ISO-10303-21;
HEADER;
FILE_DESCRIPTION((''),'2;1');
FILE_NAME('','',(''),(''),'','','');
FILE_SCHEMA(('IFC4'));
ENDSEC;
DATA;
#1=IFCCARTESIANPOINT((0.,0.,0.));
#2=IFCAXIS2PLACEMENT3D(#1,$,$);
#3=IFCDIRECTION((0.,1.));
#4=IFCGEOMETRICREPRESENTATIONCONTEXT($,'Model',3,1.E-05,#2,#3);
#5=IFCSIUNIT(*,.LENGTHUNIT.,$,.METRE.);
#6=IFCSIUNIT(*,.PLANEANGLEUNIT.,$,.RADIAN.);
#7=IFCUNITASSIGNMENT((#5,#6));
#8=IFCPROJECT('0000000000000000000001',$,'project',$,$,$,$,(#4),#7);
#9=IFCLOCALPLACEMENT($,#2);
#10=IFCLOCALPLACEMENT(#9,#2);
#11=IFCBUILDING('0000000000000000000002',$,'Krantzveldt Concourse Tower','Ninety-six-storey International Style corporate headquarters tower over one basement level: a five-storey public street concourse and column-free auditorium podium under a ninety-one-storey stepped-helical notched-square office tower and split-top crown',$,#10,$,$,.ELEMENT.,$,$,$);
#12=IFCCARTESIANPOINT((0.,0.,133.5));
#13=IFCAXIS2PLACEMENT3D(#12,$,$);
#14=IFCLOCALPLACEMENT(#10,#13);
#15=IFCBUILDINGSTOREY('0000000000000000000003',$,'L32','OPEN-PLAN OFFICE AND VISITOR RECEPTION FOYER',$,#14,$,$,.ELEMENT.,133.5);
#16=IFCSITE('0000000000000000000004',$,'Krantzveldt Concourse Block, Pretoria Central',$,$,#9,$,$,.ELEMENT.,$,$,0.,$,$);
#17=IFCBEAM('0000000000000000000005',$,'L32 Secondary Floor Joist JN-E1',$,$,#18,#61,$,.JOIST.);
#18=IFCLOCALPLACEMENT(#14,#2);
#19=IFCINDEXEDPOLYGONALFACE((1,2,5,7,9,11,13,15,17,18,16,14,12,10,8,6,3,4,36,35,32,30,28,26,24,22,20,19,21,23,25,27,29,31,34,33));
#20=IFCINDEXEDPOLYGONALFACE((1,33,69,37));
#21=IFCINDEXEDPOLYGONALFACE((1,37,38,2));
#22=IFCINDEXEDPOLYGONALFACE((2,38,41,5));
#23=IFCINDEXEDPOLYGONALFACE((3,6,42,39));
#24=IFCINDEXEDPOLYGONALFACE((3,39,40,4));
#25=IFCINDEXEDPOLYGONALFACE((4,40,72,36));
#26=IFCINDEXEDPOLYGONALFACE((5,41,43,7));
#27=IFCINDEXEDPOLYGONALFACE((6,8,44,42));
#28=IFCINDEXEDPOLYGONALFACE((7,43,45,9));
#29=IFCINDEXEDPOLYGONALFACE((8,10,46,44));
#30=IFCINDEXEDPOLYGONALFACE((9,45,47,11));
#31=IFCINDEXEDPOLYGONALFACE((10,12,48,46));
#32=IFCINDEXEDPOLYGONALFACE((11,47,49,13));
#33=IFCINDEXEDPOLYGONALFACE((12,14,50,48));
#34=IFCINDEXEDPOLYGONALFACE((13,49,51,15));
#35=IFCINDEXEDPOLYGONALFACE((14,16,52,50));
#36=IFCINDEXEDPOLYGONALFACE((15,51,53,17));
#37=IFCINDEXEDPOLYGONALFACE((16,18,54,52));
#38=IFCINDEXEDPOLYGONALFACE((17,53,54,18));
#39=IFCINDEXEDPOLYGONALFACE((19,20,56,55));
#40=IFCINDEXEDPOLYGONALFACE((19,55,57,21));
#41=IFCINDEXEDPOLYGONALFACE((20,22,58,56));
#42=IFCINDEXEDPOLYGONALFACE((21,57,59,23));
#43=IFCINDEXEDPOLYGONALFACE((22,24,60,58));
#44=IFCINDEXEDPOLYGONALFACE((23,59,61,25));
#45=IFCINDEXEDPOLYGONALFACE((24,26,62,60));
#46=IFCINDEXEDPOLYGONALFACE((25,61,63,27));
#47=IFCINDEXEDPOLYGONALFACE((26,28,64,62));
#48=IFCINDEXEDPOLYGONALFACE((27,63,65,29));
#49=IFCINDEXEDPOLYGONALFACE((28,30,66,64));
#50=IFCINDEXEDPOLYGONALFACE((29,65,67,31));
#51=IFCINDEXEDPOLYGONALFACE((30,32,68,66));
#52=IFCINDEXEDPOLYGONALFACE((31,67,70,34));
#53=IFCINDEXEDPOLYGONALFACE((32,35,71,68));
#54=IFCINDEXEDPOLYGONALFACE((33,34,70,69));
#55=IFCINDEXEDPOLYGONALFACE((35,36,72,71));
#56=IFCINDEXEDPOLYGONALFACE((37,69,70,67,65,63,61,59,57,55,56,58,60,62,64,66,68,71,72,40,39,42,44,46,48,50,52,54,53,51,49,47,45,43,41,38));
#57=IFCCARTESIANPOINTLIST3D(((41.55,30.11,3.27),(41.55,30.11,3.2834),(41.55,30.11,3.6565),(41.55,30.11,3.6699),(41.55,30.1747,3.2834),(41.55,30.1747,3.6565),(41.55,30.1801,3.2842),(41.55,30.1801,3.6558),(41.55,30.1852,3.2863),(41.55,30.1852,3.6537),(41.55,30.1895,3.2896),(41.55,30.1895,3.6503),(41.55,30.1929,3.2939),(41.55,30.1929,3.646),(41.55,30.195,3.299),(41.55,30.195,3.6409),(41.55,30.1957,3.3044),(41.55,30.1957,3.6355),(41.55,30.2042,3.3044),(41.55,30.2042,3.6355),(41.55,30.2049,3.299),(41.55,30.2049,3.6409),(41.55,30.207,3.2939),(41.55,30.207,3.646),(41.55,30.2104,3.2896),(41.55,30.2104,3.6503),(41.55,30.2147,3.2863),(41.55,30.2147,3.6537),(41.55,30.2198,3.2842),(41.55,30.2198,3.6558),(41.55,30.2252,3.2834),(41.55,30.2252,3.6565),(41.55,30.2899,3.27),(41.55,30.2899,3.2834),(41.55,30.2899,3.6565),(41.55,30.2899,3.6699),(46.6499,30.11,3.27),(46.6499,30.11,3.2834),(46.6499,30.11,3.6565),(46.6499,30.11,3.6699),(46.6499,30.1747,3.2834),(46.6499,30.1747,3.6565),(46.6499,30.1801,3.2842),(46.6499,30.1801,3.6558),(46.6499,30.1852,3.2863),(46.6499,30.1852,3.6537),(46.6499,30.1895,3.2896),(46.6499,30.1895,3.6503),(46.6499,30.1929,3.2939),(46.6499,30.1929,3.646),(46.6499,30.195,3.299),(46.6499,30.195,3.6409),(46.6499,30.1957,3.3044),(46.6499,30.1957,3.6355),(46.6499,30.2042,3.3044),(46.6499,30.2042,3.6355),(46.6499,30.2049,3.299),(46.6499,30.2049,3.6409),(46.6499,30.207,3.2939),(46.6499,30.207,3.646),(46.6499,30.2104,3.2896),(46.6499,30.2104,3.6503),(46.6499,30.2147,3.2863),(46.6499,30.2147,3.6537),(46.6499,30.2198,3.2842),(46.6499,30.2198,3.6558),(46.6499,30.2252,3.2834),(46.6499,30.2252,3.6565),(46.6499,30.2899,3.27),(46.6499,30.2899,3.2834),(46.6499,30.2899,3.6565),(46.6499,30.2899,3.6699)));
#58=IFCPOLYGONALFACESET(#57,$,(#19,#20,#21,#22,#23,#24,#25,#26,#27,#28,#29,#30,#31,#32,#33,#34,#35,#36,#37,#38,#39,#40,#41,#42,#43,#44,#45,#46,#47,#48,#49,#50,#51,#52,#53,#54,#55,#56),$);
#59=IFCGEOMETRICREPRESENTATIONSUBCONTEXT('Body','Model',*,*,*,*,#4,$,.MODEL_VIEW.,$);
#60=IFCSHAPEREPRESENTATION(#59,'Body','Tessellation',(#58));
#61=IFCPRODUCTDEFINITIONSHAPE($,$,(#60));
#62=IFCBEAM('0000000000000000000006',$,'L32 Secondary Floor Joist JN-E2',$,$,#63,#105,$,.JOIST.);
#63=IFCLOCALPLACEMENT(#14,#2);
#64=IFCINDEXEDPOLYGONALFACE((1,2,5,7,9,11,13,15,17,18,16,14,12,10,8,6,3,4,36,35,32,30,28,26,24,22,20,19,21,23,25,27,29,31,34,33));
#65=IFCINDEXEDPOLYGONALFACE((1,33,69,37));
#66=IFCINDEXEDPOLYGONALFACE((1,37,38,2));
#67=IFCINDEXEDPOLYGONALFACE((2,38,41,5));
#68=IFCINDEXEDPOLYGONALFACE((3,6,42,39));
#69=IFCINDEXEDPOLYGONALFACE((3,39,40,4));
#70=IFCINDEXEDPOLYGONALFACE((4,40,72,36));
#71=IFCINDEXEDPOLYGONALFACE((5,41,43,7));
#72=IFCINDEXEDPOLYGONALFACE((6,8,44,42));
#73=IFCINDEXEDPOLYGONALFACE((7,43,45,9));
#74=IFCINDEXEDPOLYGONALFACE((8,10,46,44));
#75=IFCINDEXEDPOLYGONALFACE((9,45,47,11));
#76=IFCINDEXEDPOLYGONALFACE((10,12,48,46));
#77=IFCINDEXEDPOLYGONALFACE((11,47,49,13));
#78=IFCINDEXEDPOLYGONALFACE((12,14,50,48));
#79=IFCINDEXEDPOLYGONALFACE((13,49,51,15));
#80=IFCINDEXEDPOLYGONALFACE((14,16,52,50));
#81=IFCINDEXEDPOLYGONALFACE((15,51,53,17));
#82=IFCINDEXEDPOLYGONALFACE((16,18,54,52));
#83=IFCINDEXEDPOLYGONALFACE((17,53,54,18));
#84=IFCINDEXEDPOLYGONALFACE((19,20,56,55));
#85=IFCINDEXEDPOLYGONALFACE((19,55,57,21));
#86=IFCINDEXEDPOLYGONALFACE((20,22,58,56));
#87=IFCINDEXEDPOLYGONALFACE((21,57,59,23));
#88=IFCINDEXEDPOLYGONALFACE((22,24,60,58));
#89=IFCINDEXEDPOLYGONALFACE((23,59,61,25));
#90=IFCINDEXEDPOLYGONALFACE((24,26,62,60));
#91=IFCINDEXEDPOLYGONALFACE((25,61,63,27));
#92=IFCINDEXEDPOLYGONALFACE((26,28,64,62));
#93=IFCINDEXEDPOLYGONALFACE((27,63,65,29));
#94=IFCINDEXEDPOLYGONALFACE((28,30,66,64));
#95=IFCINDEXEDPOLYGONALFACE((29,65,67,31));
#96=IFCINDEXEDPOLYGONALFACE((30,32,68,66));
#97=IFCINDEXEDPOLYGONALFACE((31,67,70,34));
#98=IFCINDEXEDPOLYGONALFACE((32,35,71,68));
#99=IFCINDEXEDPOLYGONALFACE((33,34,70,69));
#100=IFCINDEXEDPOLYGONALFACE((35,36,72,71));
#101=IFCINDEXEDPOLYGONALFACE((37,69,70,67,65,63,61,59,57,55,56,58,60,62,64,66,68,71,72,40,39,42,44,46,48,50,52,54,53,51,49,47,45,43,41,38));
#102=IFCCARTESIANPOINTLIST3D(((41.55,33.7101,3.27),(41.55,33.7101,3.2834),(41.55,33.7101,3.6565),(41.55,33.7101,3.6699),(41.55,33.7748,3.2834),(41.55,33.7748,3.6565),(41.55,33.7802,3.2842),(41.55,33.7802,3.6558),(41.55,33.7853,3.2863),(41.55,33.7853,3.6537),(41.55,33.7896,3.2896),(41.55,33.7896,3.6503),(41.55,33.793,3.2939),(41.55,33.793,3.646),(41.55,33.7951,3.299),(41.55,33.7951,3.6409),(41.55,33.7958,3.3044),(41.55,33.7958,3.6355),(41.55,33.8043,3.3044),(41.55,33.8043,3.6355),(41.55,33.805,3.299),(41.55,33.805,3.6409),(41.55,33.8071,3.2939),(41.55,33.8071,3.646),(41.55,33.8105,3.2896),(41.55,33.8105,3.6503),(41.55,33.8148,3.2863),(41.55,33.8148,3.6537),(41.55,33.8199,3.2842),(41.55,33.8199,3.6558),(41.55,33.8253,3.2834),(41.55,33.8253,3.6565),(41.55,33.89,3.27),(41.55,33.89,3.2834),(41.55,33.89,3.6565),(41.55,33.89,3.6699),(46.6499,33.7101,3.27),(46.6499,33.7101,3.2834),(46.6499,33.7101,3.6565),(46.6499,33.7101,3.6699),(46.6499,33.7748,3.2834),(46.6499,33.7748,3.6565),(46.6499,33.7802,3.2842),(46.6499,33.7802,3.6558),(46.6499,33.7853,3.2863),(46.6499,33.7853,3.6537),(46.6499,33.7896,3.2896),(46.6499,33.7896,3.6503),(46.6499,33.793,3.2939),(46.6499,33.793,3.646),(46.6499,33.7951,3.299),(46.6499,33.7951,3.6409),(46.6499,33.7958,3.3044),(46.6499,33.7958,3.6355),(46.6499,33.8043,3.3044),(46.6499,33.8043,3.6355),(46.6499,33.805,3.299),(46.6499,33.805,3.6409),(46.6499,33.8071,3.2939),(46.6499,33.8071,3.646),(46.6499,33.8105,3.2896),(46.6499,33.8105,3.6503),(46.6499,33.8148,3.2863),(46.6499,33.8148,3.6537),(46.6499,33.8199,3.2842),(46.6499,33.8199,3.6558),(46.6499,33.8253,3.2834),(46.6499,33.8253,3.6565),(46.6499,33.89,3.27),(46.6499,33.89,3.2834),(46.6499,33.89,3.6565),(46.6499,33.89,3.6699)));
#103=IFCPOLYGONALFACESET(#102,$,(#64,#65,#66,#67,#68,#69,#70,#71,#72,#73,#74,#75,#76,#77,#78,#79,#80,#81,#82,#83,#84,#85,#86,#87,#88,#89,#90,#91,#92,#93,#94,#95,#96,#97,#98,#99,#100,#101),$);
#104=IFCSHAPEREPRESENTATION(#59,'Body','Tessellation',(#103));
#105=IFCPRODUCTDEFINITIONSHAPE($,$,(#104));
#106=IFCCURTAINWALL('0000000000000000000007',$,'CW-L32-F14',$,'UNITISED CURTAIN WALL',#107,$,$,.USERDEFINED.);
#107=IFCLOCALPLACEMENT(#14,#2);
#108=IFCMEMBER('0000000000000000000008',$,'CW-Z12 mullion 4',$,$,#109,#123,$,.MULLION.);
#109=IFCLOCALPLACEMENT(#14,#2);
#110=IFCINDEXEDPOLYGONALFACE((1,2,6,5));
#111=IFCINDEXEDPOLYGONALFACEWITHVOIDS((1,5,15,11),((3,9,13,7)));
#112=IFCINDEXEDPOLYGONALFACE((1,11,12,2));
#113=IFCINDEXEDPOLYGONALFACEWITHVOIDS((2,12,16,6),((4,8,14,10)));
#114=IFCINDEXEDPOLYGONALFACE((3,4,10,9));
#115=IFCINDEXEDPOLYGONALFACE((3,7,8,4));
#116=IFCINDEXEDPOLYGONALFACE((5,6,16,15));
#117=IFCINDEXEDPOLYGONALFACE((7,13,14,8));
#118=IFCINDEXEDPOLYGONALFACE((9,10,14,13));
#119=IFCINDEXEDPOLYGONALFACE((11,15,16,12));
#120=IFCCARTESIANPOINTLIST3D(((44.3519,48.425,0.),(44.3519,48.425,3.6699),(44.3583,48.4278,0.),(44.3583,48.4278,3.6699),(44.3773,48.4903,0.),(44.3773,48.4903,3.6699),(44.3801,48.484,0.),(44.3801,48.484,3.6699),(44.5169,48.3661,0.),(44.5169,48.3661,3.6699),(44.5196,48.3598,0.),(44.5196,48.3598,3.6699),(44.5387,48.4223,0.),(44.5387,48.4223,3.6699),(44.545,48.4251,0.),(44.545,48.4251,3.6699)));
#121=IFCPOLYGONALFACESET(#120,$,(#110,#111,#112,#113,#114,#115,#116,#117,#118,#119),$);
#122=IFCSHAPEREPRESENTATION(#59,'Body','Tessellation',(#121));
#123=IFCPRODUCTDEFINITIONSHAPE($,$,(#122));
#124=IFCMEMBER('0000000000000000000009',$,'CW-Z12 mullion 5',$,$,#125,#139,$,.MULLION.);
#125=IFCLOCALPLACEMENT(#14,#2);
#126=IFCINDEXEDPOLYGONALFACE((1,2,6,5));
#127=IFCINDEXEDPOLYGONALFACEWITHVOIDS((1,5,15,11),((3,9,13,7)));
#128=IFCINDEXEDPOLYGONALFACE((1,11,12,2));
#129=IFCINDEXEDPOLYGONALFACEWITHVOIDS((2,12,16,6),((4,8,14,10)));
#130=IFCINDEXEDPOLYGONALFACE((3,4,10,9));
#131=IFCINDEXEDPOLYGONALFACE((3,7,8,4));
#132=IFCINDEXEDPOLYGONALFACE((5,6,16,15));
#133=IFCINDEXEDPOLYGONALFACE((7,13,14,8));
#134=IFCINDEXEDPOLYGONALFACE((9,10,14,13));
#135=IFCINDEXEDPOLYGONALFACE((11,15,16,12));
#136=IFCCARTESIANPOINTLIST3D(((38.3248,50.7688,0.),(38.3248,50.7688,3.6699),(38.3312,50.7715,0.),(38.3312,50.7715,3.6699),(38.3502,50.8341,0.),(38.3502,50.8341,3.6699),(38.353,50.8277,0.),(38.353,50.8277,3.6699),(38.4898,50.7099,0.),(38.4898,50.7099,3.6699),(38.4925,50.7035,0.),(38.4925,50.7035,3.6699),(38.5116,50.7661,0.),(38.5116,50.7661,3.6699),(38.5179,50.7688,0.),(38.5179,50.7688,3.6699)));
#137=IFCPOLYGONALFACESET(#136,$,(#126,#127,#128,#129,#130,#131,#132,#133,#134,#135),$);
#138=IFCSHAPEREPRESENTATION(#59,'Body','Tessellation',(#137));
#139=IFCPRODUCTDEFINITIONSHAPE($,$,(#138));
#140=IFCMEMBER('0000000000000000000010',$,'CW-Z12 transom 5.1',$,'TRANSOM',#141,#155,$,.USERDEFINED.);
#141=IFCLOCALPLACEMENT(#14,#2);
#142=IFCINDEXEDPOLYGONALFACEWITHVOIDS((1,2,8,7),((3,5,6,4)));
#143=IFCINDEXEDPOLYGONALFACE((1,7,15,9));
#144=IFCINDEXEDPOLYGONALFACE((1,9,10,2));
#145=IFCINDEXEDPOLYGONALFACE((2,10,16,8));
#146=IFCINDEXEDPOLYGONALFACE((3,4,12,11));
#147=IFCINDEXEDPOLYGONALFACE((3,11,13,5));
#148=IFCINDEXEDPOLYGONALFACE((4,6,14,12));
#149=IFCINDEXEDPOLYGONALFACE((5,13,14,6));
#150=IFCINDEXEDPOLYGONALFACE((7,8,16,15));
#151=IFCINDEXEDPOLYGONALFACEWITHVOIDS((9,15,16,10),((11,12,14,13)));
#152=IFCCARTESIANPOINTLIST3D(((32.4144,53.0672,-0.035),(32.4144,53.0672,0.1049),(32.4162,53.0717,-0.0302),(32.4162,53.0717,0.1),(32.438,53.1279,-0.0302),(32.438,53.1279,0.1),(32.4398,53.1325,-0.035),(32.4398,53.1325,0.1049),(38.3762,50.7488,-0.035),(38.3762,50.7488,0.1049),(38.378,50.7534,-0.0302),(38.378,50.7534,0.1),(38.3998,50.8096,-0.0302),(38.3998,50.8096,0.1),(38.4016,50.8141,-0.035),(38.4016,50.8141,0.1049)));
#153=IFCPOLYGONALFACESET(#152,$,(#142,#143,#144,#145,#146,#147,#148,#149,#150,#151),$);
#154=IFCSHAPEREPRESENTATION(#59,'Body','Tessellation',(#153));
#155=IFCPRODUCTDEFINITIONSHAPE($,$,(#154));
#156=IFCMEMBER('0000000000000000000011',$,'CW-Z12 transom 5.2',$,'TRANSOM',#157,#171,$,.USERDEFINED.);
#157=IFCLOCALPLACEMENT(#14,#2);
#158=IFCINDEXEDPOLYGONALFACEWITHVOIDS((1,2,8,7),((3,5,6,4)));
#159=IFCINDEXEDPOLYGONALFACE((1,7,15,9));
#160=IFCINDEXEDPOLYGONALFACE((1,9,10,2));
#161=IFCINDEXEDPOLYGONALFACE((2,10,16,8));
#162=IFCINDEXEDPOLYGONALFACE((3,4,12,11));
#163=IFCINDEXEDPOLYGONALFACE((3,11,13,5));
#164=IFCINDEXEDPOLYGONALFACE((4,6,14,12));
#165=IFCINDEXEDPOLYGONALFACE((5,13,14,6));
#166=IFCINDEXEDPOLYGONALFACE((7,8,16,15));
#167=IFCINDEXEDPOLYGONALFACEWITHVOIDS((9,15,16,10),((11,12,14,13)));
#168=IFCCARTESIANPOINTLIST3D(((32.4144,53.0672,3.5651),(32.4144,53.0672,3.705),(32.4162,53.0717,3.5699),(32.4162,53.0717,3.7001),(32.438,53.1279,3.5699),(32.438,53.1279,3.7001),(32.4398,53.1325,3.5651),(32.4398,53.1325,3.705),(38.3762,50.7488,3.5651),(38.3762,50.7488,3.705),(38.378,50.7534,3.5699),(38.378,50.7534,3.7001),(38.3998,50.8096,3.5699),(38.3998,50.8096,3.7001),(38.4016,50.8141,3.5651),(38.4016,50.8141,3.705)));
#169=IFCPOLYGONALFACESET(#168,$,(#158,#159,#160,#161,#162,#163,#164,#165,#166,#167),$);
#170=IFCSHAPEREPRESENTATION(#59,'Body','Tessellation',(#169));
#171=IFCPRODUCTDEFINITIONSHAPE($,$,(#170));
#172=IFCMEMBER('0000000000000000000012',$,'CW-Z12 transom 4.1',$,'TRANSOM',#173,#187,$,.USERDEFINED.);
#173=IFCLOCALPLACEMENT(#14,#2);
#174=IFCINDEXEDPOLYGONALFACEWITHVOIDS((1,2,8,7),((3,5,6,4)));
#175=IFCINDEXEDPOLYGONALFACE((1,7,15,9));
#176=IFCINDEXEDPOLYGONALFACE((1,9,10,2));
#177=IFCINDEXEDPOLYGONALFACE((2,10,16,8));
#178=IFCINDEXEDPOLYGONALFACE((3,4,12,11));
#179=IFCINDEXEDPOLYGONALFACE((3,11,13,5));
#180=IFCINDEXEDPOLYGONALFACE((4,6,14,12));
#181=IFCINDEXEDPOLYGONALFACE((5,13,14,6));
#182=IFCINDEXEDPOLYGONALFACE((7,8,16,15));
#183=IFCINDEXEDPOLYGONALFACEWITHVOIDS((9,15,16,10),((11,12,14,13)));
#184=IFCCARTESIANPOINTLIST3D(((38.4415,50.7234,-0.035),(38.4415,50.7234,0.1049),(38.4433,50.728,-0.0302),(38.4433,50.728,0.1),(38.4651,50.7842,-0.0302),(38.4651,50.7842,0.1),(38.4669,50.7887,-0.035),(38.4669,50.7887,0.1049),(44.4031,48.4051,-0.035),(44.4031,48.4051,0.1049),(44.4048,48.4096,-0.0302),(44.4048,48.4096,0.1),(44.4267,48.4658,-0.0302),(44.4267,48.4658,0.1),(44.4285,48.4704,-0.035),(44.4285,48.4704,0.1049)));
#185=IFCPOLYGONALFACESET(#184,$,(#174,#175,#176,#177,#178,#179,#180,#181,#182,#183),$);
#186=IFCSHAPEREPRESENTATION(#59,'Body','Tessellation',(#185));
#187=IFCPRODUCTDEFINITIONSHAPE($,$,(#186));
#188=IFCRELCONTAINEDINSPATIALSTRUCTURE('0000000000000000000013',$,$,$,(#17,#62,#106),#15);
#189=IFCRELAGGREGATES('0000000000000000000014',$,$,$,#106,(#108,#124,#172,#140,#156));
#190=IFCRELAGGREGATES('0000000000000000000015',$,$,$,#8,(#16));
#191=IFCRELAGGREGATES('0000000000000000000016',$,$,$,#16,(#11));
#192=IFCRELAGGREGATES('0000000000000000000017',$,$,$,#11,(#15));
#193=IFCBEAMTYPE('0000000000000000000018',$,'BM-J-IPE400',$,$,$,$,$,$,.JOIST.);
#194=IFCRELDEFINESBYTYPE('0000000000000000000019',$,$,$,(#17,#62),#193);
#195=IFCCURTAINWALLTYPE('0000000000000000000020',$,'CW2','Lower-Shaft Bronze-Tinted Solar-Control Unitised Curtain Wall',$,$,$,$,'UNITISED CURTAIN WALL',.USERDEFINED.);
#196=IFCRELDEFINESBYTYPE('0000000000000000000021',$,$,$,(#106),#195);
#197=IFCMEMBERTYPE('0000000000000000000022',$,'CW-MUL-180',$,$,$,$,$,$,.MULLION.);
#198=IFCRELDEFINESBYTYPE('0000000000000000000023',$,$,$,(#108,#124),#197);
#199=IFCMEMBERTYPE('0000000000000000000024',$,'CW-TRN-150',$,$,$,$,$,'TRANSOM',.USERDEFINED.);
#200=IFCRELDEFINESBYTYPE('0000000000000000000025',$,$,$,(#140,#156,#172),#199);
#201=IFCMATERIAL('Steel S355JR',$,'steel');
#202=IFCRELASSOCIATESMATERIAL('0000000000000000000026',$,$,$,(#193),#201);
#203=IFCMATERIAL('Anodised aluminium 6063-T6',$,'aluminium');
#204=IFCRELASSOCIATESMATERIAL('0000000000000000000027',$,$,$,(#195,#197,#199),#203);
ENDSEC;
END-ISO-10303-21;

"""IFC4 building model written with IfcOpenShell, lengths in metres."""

from ifc_helpers import new_model, si_unit, direction, frame, origin, origin_2d, place, context, subcontext, project, spatial, hollow_rectangle, i_section, extrude, source, transform, mapped, material, material_profile, profile_set, type_object, type_shapes, element, aggregate, save


model = new_model("IFC4")

# Units and contexts
model_context = context("Model", 3, precision=1e-05, world=origin(), true_north=direction((0.0, 1.0)))
body_context = subcontext(model_context, "Body", "Model", "MODEL_VIEW")
ifc_project = project(units=[si_unit("LENGTHUNIT", "METRE"), si_unit("PLANEANGLEUNIT", "RADIAN")], contexts=[model_context])

# Site, building, storey
site_placement = place(None, origin())
site = spatial("IfcSite", under=ifc_project, at=site_placement, Name="Krantzveldt Concourse Block, Pretoria Central", CompositionType="ELEMENT", RefElevation=0.0)
building_placement = place(site_placement, origin())
building = spatial("IfcBuilding", under=site, at=building_placement, Name="Krantzveldt Concourse Tower", Description="Ninety-six-storey International Style corporate headquarters tower over one basement level: a five-storey public street concourse and column-free auditorium podium under a ninety-one-storey stepped-helical notched-square office tower and split-top crown", CompositionType="ELEMENT")
storey_placement = place(building_placement, frame((0.0, 0.0, 133.5)))
storey = spatial("IfcBuildingStorey", under=building, at=storey_placement, Name="L32", Description="OPEN-PLAN OFFICE AND VISITOR RECEPTION FOYER", CompositionType="ELEMENT", Elevation=133.5)

# Beams
ifc_material_1 = material(Name="Steel S355JR", Category="steel")
ifc_material_profile_1 = material_profile(ifc_material_1, i_section(OverallWidth=0.1799, OverallDepth=0.3999, WebThickness=0.0085, FlangeThickness=0.0134, FilletRadius=0.021, at=origin_2d()), Name="Steel S355JR", Category="steel")
ifc_profile_set_1 = profile_set([ifc_material_profile_1], Name="Steel S355JR - IPE 400")
beam_type_1 = type_object("IfcBeamType", Name="BM-J-IPE400", PredefinedType="JOIST", material=ifc_profile_set_1)
shared_shape_1 = source(origin(), body_context, "Body", "SweptSolid", [
    extrude(i_section(OverallWidth=0.1799, OverallDepth=0.3999, WebThickness=0.0085, FlangeThickness=0.0134, FilletRadius=0.021, at=origin_2d()), origin(), (0.0, 0.0, 1.0), 5.0999),
])
type_shapes(beam_type_1, [shared_shape_1])
for number, where, z_axis, x_axis, name in (
    (1, (41.55, 30.2, 3.47), (1.0, 0.0, 0.0), (0.0, 1.0, 0.0), "L32 Secondary Floor Joist JN-E1"),
    (2, (41.55, 33.8, 3.47), (1.0, 0.0, 0.0), (0.0, 1.0, 0.0), "L32 Secondary Floor Joist JN-E2"),
):
    element("IfcBeam", number, at=place(storey_placement, frame(where, z_axis=z_axis, x_axis=x_axis)), inside=storey, type_object=beam_type_1, Name=name, PredefinedType="JOIST", context=body_context, shape_type="MappedRepresentation", body=[
        mapped(shared_shape_1, transform((0.0, 0.0, 0.0), x_axis=(1.0, 0.0, 0.0), y_axis=(0.0, 1.0, 0.0), z_axis=(0.0, 0.0, 1.0), scale=1.0)),
    ])

# Curtain wall, members
ifc_material_2 = material(Name="Anodised aluminium 6063-T6", Category="aluminium")
curtain_wall_type = type_object("IfcCurtainWallType", Name="CW2", Description="Lower-Shaft Bronze-Tinted Solar-Control Unitised Curtain Wall", ElementType="UNITISED CURTAIN WALL", PredefinedType="USERDEFINED", material=ifc_material_2)
curtain_wall_placement = place(storey_placement, origin())
curtain_wall = element("IfcCurtainWall", 3, at=curtain_wall_placement, inside=storey, type_object=curtain_wall_type, Name="CW-L32-F14", ObjectType="UNITISED CURTAIN WALL", PredefinedType="USERDEFINED")
ifc_material_profile_2 = material_profile(ifc_material_2, hollow_rectangle(XDim=0.0701, YDim=0.1799, WallThickness=0.0049, at=origin_2d()), Name="Anodised aluminium 6063-T6", Category="aluminium")
ifc_profile_set_2 = profile_set([ifc_material_profile_2], Name="Anodised aluminium 6063-T6 - ALU-MULL 180x70x5")
member_type_1 = type_object("IfcMemberType", Name="CW-MUL-180", PredefinedType="MULLION", material=ifc_profile_set_2)
shared_shape_2 = source(origin(), body_context, "Body", "SweptSolid", [
    extrude(hollow_rectangle(XDim=0.0701, YDim=0.1799, WallThickness=0.0049, at=origin_2d()), origin(), (0.0, 0.0, 1.0), 3.6699),
])
type_shapes(member_type_1, [shared_shape_2])
member_1_placement = place(storey_placement, frame((44.4485, 48.425, 0.0), z_axis=(0.0, 0.0, 1.0), x_axis=(-0.362438, -0.932008, 0.0)))
member_1 = element("IfcMember", 4, at=member_1_placement, type_object=member_type_1, Name="CW-Z12 mullion 4", PredefinedType="MULLION", context=body_context, shape_type="MappedRepresentation", body=[
    mapped(shared_shape_2, transform((0.0, 0.0, 0.0), x_axis=(1.0, 0.0, 0.0), y_axis=(0.0, 1.0, 0.0), z_axis=(0.0, 0.0, 1.0), scale=1.0)),
])
member_2_placement = place(storey_placement, frame((38.4214, 50.7688, 0.0), z_axis=(0.0, 0.0, 1.0), x_axis=(-0.362438, -0.932008, 0.0)))
member_2 = element("IfcMember", 5, at=member_2_placement, type_object=member_type_1, Name="CW-Z12 mullion 5", PredefinedType="MULLION", context=body_context, shape_type="MappedRepresentation", body=[
    mapped(shared_shape_2, transform((0.0, 0.0, 0.0), x_axis=(1.0, 0.0, 0.0), y_axis=(0.0, 1.0, 0.0), z_axis=(0.0, 0.0, 1.0), scale=1.0)),
])
ifc_material_profile_3 = material_profile(ifc_material_2, hollow_rectangle(XDim=0.0701, YDim=0.1399, WallThickness=0.0049, at=origin_2d()), Name="Anodised aluminium 6063-T6", Category="aluminium")
ifc_profile_set_3 = profile_set([ifc_material_profile_3], Name="Anodised aluminium 6063-T6 - ALU-TRAN 140x70x5")
member_type_2 = type_object("IfcMemberType", Name="CW-TRN-150", ElementType="TRANSOM", PredefinedType="USERDEFINED", material=ifc_profile_set_3)
shared_shape_3 = source(origin(), body_context, "Body", "SweptSolid", [
    extrude(hollow_rectangle(XDim=0.0701, YDim=0.1399, WallThickness=0.0049, at=origin_2d()), origin(), (0.0, 0.0, 1.0), 6.3967),
])
member_3_placement = place(storey_placement, frame((38.3889, 50.7815, 0.0349), z_axis=(-0.932013, 0.362424, 0.0), x_axis=(-0.362424, -0.932013, 0.0)))
member_3 = element("IfcMember", 6, at=member_3_placement, type_object=member_type_2, Name="CW-Z12 transom 5.1", ObjectType="TRANSOM", PredefinedType="USERDEFINED", context=body_context, shape_type="MappedRepresentation", body=[
    mapped(shared_shape_3, transform((0.0, 0.0, 0.0), x_axis=(1.0, 0.0, 0.0), y_axis=(0.0, 1.0, 0.0), z_axis=(0.0, 0.0, 1.0), scale=1.0)),
])
member_4_placement = place(storey_placement, frame((38.3889, 50.7815, 3.635), z_axis=(-0.932013, 0.362424, 0.0), x_axis=(-0.362424, -0.932013, 0.0)))
member_4 = element("IfcMember", 7, at=member_4_placement, type_object=member_type_2, Name="CW-Z12 transom 5.2", ObjectType="TRANSOM", PredefinedType="USERDEFINED", context=body_context, shape_type="MappedRepresentation", body=[
    mapped(shared_shape_3, transform((0.0, 0.0, 0.0), x_axis=(1.0, 0.0, 0.0), y_axis=(0.0, 1.0, 0.0), z_axis=(0.0, 0.0, 1.0), scale=1.0)),
])
shared_shape_4 = source(origin(), body_context, "Body", "SweptSolid", [
    extrude(hollow_rectangle(XDim=0.0701, YDim=0.1399, WallThickness=0.0049, at=origin_2d()), origin(), (0.0, 0.0, 1.0), 6.3965),
])
type_shapes(member_type_2, [shared_shape_3, shared_shape_4])
member_5_placement = place(storey_placement, frame((44.4158, 48.4377, 0.0349), z_axis=(-0.932008, 0.362437, 0.0), x_axis=(-0.362437, -0.932008, 0.0)))
member_5 = element("IfcMember", 8, at=member_5_placement, type_object=member_type_2, Name="CW-Z12 transom 4.1", ObjectType="TRANSOM", PredefinedType="USERDEFINED", context=body_context, shape_type="MappedRepresentation", body=[
    mapped(shared_shape_4, transform((0.0, 0.0, 0.0), x_axis=(1.0, 0.0, 0.0), y_axis=(0.0, 1.0, 0.0), z_axis=(0.0, 0.0, 1.0), scale=1.0)),
])
aggregate(curtain_wall, [member_1, member_2, member_5, member_3, member_4])

save(model, "model.ifc")
